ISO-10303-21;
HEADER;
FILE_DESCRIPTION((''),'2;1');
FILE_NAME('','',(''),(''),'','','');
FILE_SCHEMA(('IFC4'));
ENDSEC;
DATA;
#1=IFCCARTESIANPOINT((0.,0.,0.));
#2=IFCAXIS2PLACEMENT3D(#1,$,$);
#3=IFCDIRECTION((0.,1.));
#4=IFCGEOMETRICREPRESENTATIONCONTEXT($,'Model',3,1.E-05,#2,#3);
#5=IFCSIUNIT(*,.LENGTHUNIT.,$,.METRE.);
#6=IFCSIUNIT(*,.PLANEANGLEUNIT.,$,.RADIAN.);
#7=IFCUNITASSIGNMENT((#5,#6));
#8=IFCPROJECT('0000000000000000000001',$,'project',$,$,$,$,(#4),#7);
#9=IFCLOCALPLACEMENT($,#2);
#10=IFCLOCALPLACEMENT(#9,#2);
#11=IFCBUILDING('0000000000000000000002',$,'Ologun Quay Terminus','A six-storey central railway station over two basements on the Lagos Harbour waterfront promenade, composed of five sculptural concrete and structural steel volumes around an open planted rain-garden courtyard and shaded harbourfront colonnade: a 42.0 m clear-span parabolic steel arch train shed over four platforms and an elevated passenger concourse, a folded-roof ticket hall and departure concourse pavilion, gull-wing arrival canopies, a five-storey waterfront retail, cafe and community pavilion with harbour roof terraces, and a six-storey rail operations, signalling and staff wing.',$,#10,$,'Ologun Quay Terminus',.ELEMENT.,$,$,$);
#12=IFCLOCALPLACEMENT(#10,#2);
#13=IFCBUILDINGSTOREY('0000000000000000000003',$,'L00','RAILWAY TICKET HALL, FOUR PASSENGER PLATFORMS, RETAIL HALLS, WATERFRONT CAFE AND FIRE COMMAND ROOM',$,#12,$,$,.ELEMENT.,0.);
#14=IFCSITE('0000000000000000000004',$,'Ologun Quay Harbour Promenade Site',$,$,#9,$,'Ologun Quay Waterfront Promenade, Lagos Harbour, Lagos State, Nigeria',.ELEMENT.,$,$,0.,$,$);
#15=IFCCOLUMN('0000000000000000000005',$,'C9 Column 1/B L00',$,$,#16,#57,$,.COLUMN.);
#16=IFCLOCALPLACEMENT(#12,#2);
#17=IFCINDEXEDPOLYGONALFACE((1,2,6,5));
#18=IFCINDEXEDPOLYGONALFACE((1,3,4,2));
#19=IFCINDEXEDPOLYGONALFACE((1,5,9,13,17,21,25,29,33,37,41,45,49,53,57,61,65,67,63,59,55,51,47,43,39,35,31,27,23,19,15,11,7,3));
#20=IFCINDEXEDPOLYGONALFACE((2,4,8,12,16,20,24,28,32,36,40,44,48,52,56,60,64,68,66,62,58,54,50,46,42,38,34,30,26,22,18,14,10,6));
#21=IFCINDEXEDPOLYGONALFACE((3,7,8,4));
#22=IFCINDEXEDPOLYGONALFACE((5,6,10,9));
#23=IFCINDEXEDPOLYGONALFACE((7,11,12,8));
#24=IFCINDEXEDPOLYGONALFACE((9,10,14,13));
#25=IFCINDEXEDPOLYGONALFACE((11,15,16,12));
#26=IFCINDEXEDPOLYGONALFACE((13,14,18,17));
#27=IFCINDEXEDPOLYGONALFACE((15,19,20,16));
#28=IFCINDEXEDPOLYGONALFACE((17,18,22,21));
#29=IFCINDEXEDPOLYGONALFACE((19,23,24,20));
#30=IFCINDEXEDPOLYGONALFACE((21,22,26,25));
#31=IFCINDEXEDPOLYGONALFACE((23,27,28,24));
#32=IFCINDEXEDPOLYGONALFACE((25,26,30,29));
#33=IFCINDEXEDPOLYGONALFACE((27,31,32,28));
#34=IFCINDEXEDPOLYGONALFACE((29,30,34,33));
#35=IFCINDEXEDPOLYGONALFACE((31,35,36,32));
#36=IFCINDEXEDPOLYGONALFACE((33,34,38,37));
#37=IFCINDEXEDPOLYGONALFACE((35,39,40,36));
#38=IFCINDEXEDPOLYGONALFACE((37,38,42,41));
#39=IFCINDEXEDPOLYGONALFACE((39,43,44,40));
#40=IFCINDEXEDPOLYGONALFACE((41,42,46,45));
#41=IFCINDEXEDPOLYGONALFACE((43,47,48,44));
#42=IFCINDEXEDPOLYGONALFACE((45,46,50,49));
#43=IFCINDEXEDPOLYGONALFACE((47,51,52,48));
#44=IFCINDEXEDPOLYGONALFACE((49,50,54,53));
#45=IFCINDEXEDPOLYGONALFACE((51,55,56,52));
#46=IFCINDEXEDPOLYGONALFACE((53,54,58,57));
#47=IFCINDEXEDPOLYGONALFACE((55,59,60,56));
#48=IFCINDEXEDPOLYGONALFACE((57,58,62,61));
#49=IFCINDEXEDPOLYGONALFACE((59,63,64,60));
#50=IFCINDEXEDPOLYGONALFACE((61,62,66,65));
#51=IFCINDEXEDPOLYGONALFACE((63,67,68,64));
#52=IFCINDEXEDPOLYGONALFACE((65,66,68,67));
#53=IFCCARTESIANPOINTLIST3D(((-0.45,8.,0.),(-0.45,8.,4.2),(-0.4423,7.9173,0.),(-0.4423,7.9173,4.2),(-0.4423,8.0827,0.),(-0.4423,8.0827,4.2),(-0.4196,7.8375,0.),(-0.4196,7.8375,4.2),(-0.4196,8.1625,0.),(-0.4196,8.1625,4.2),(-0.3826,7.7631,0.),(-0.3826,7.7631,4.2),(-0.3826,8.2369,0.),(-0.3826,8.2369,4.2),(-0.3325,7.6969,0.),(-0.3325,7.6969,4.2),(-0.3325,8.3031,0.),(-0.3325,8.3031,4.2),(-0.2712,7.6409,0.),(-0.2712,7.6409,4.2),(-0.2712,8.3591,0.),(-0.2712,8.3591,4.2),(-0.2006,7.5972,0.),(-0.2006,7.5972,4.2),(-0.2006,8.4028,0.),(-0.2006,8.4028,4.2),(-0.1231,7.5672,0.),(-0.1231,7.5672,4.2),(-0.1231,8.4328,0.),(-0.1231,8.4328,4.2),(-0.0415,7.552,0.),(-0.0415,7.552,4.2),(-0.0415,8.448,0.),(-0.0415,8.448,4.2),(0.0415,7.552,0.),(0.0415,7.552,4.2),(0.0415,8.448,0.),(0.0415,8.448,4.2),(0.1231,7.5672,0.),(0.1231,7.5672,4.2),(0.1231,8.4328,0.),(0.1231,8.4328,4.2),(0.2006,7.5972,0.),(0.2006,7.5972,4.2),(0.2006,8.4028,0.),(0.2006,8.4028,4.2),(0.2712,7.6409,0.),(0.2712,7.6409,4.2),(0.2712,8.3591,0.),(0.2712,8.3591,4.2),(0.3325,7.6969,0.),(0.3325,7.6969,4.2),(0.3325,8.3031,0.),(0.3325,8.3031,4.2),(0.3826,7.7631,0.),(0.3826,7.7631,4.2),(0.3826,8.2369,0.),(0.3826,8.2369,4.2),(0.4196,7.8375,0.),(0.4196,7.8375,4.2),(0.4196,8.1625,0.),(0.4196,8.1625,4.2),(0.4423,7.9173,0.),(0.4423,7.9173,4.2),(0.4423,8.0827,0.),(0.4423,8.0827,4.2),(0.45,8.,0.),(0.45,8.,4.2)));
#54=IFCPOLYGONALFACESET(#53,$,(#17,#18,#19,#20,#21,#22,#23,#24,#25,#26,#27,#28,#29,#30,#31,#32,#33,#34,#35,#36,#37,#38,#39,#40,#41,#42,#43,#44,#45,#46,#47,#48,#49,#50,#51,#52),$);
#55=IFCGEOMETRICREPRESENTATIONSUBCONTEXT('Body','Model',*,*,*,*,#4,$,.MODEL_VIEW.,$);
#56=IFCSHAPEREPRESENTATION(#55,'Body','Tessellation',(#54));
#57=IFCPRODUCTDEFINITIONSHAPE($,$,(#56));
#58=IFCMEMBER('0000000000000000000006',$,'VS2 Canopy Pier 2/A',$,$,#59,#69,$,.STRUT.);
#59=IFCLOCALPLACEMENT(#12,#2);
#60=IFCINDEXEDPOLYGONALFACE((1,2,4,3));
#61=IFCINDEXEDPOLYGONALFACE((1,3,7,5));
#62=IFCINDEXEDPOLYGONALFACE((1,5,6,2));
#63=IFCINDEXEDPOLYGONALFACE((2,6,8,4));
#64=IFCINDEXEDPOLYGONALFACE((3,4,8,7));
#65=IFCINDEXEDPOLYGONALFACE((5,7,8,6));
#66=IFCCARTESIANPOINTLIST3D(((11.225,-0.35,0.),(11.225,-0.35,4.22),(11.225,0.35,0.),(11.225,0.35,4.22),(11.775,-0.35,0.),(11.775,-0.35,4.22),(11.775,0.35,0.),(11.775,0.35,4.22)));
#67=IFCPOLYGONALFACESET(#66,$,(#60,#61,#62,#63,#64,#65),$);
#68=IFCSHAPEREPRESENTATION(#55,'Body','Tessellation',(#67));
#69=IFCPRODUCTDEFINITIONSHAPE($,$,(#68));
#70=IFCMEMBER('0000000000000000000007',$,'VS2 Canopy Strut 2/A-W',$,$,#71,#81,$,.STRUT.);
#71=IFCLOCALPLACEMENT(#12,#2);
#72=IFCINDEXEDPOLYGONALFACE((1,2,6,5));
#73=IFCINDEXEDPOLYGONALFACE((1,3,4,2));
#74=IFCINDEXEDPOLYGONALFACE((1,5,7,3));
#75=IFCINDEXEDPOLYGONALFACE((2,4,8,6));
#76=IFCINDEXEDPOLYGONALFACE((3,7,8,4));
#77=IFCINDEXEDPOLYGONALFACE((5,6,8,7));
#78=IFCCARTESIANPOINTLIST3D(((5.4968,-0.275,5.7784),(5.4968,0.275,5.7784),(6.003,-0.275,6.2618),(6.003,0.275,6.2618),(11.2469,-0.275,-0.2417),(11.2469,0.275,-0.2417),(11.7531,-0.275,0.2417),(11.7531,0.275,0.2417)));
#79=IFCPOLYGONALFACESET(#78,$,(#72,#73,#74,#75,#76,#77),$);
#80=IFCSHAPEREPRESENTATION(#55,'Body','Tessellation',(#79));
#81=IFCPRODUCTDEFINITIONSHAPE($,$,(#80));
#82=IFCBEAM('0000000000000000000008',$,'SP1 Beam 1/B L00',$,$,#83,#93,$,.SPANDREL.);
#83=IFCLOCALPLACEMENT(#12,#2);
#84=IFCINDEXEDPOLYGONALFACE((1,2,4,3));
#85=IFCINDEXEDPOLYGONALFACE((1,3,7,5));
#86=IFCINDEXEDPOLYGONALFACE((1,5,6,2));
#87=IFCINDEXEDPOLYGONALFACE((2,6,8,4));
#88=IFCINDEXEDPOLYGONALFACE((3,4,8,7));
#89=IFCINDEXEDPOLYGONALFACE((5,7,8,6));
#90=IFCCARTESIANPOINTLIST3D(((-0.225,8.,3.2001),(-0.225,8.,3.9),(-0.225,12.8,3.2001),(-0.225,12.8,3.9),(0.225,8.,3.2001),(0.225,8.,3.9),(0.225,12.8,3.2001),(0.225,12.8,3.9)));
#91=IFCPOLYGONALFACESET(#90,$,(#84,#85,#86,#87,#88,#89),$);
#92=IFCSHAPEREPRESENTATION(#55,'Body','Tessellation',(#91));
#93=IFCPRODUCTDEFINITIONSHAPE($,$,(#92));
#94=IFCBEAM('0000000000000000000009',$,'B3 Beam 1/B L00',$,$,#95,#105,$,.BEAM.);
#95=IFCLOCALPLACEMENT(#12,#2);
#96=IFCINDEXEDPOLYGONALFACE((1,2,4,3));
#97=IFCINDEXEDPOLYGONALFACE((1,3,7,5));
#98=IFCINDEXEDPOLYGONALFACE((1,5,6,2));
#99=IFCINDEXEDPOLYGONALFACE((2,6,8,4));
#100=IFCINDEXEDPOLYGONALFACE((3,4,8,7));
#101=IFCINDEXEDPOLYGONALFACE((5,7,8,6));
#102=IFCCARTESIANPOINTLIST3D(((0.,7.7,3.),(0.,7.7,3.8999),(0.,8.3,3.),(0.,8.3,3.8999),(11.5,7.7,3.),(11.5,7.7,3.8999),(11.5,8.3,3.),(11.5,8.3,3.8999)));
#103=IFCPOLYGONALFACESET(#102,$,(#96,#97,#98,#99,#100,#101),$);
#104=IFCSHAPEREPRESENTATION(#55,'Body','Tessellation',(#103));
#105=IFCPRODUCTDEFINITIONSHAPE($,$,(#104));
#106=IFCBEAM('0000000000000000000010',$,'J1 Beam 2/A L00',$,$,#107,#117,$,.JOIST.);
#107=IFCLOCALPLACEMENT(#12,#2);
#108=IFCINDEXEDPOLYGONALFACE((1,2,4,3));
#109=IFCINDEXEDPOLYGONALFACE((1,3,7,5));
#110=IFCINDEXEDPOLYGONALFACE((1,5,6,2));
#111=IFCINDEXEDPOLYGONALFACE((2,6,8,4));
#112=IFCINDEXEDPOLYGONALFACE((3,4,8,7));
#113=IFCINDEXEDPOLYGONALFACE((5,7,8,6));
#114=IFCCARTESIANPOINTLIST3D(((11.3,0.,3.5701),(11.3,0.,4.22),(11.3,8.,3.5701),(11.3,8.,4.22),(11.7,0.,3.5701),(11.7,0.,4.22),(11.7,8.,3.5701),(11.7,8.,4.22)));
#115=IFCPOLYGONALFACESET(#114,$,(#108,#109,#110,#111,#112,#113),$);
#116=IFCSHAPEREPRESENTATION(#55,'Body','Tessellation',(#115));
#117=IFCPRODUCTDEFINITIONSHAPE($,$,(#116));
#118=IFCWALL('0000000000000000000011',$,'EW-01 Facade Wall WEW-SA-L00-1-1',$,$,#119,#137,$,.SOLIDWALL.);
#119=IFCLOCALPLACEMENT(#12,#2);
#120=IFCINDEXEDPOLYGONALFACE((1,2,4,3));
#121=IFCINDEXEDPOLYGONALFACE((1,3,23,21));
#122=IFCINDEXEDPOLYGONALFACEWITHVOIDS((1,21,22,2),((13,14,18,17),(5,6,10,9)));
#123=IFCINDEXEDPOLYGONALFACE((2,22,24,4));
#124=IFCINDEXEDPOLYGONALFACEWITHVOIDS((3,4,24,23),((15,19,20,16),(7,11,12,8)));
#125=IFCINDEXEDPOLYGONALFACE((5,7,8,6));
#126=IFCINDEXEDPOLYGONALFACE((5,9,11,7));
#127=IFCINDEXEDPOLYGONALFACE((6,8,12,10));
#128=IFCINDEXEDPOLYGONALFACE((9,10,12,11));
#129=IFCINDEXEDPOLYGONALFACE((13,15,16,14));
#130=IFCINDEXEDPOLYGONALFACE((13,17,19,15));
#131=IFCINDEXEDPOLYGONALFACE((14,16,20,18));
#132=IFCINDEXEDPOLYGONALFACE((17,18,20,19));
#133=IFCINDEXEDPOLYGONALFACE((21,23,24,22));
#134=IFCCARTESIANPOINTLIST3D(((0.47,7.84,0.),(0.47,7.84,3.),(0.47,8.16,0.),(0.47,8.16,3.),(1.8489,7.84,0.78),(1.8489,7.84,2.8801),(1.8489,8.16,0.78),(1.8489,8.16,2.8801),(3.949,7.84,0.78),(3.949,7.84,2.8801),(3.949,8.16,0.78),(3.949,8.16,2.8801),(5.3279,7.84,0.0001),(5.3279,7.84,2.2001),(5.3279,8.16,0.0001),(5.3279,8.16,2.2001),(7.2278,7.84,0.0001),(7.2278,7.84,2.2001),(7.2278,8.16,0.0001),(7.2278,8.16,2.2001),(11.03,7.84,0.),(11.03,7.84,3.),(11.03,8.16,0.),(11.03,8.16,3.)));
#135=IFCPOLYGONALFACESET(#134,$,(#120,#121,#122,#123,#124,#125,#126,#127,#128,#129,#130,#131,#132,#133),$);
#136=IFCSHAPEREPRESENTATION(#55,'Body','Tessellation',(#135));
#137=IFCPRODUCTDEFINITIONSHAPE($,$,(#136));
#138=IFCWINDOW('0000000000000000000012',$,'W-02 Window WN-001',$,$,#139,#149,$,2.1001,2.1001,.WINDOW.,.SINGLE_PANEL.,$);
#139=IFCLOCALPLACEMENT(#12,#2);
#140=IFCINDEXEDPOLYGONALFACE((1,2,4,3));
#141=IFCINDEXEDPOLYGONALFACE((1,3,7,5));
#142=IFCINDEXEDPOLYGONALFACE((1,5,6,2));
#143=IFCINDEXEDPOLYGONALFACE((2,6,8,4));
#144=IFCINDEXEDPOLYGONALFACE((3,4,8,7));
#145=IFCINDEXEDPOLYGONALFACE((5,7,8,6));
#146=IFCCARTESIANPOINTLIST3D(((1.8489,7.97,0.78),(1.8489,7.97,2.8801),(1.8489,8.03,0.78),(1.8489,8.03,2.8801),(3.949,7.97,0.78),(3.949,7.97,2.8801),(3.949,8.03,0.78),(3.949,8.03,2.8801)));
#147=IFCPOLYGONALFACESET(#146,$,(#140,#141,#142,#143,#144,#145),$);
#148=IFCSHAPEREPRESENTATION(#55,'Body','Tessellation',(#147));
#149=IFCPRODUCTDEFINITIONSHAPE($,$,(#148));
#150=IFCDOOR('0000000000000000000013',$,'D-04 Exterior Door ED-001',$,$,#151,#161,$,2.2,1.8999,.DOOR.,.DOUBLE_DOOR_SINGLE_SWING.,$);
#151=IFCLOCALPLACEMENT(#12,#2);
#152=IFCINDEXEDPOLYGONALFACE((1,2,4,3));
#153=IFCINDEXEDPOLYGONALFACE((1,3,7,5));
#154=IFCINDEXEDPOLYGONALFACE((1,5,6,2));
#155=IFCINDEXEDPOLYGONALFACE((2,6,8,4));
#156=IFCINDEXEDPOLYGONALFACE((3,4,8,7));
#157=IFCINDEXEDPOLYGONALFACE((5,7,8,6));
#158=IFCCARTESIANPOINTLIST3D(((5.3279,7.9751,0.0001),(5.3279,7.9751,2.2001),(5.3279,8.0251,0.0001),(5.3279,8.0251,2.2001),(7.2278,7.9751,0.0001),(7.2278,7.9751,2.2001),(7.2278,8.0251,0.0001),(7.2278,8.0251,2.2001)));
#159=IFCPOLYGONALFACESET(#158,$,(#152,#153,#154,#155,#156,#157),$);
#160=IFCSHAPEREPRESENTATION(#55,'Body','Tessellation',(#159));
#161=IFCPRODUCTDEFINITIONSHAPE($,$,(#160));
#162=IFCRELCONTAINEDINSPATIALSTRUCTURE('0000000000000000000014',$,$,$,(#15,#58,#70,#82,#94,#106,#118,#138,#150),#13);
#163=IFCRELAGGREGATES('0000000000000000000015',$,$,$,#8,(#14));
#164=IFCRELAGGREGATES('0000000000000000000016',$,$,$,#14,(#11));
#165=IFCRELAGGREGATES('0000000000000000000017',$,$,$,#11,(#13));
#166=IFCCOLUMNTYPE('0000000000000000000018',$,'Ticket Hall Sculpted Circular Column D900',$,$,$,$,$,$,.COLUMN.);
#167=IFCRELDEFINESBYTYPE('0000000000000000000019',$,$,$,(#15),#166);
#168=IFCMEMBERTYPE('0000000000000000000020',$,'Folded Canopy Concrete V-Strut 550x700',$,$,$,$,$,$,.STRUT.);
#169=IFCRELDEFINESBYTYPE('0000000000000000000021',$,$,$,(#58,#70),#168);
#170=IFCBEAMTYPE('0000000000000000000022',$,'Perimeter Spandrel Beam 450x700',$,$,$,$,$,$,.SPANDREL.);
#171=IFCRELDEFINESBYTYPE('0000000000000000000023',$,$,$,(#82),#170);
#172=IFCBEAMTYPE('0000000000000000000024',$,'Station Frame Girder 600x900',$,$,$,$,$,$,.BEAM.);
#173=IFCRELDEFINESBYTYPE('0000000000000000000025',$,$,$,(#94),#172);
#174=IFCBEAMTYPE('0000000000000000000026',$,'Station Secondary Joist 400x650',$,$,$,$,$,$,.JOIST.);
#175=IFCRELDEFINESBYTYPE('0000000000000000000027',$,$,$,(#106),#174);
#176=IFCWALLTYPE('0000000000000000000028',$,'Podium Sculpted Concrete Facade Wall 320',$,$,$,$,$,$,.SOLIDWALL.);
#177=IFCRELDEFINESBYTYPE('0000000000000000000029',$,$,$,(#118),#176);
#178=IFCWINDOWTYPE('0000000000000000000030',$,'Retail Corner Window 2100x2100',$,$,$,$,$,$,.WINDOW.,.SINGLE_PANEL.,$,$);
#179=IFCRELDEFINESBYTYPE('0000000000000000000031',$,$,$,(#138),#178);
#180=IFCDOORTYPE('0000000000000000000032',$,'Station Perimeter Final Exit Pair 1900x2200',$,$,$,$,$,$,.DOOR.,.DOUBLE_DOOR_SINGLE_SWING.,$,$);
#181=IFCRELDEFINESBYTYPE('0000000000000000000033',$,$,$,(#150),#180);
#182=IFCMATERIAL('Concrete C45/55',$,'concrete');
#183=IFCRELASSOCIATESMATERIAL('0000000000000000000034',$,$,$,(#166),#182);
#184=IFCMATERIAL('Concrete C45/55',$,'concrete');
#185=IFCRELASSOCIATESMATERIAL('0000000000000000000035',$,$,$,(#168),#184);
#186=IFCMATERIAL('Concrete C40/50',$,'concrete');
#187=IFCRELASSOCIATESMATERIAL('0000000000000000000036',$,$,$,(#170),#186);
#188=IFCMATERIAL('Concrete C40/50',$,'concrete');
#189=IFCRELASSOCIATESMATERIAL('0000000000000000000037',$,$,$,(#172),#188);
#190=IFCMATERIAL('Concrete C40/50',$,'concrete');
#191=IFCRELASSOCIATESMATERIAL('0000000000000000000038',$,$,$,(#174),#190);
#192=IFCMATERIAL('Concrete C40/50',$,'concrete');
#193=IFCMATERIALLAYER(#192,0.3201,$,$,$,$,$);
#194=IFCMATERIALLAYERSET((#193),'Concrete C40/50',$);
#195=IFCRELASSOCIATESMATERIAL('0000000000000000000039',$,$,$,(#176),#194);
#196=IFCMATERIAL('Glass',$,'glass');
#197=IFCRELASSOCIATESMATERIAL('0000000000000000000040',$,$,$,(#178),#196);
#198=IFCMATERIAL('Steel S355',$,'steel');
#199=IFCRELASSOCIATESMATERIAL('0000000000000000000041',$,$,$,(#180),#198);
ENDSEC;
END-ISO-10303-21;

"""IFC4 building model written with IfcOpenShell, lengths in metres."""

from ifc_helpers import new_model, si_unit, direction, frame, frame_2d, origin, origin_2d, place, context, subcontext, project, spatial, rectangle, circle, extrude, material, layer, layer_set, material_profile, profile_set, type_object, element, fill, save


model = new_model("IFC4")

# Units and contexts
model_context = context("Model", 3, precision=1e-05, world=origin(), true_north=direction((0.0, 1.0)))
body_context = subcontext(model_context, "Body", "Model", "MODEL_VIEW")
ifc_project = project(units=[si_unit("LENGTHUNIT", "METRE"), si_unit("PLANEANGLEUNIT", "RADIAN")], contexts=[model_context])

# Site, building, storey
site_placement = place(None, origin())
site = spatial("IfcSite", under=ifc_project, at=site_placement, Name="Ologun Quay Harbour Promenade Site", LongName="Ologun Quay Waterfront Promenade, Lagos Harbour, Lagos State, Nigeria", CompositionType="ELEMENT", RefElevation=0.0)
building_placement = place(site_placement, origin())
building = spatial("IfcBuilding", under=site, at=building_placement, Name="Ologun Quay Terminus", Description="A six-storey central railway station over two basements on the Lagos Harbour waterfront promenade, composed of five sculptural concrete and structural steel volumes around an open planted rain-garden courtyard and shaded harbourfront colonnade: a 42.0 m clear-span parabolic steel arch train shed over four platforms and an elevated passenger concourse, a folded-roof ticket hall and departure concourse pavilion, gull-wing arrival canopies, a five-storey waterfront retail, cafe and community pavilion with harbour roof terraces, and a six-storey rail operations, signalling and staff wing.", LongName="Ologun Quay Terminus", CompositionType="ELEMENT")
storey_placement = place(building_placement, origin())
storey = spatial("IfcBuildingStorey", under=building, at=storey_placement, Name="L00", Description="RAILWAY TICKET HALL, FOUR PASSENGER PLATFORMS, RETAIL HALLS, WATERFRONT CAFE AND FIRE COMMAND ROOM", CompositionType="ELEMENT", Elevation=0.0)

# Column
ifc_material_1 = material(Name="Concrete C45/55", Category="concrete")
ifc_material_profile_1 = material_profile(ifc_material_1, circle(Radius=0.45, at=origin_2d()), Name="RC D900")
ifc_profile_set_1 = profile_set([ifc_material_profile_1], Name="Concrete C45/55")
column_type = type_object("IfcColumnType", Name="Ticket Hall Sculpted Circular Column D900", PredefinedType="COLUMN", material=ifc_profile_set_1)
column_placement = place(storey_placement, frame((0.0, 8.0, 0.0), z_axis=(0.0, 0.0, 1.0), x_axis=(1.0, 0.0, 0.0)))
element("IfcColumn", 1, at=column_placement, inside=storey, type_object=column_type, Name="C9 Column 1/B L00", PredefinedType="COLUMN", context=body_context, shape_type="SweptSolid", body=[
    extrude(circle(Radius=0.45, at=origin_2d()), origin(), (0.0, 0.0, 1.0), 4.2),
])

# Members
ifc_material_2 = material(Name="Concrete C45/55", Category="concrete")
ifc_material_profile_2 = material_profile(ifc_material_2, rectangle(XDim=0.55, YDim=0.7, at=origin_2d()), Name="RC 550x700")
ifc_profile_set_2 = profile_set([ifc_material_profile_2], Name="Concrete C45/55")
member_type = type_object("IfcMemberType", Name="Folded Canopy Concrete V-Strut 550x700", PredefinedType="STRUT", material=ifc_profile_set_2)
member_1_placement = place(storey_placement, frame((11.5, 0.0, 0.0), z_axis=(0.0, 0.0, 1.0), x_axis=(1.0, 0.0, 0.0)))
element("IfcMember", 2, at=member_1_placement, inside=storey, type_object=member_type, Name="VS2 Canopy Pier 2/A", PredefinedType="STRUT", context=body_context, shape_type="SweptSolid", body=[
    extrude(rectangle(XDim=0.55, YDim=0.7, at=origin_2d()), origin(), (0.0, 0.0, 1.0), 4.22),
])
member_2_placement = place(storey_placement, frame((11.5, 0.0, 0.0), z_axis=(-0.690703, 0.0, 0.723138), x_axis=(0.0, -1.0, 0.0)))
element("IfcMember", 3, at=member_2_placement, inside=storey, type_object=member_type, Name="VS2 Canopy Strut 2/A-W", PredefinedType="STRUT", context=body_context, shape_type="SweptSolid", body=[
    extrude(rectangle(XDim=0.55, YDim=0.7, at=origin_2d()), origin(), (0.0, 0.0, 1.0), 8.325),
])

# Beams
ifc_material_3 = material(Name="Concrete C40/50", Category="concrete")
ifc_material_profile_3 = material_profile(ifc_material_3, rectangle(XDim=0.45, YDim=0.7, at=origin_2d()), Name="RC 450x700")
ifc_profile_set_3 = profile_set([ifc_material_profile_3], Name="Concrete C40/50")
beam_type_1 = type_object("IfcBeamType", Name="Perimeter Spandrel Beam 450x700", PredefinedType="SPANDREL", material=ifc_profile_set_3)
beam_1_placement = place(storey_placement, frame((0.0, 8.0, 3.55), z_axis=(0.0, 1.0, 0.0), x_axis=(-1.0, 0.0, 0.0)))
element("IfcBeam", 4, at=beam_1_placement, inside=storey, type_object=beam_type_1, Name="SP1 Beam 1/B L00", PredefinedType="SPANDREL", context=body_context, shape_type="SweptSolid", body=[
    extrude(rectangle(XDim=0.45, YDim=0.7, at=origin_2d()), origin(), (0.0, 0.0, 1.0), 4.8),
])
ifc_material_4 = material(Name="Concrete C40/50", Category="concrete")
ifc_material_profile_4 = material_profile(ifc_material_4, rectangle(XDim=0.6001, YDim=0.8999, at=origin_2d()), Name="RC 600x900")
ifc_profile_set_4 = profile_set([ifc_material_profile_4], Name="Concrete C40/50")
beam_type_2 = type_object("IfcBeamType", Name="Station Frame Girder 600x900", PredefinedType="BEAM", material=ifc_profile_set_4)
beam_2_placement = place(storey_placement, frame((0.0, 8.0, 3.45), z_axis=(1.0, 0.0, 0.0), x_axis=(0.0, 1.0, 0.0)))
element("IfcBeam", 5, at=beam_2_placement, inside=storey, type_object=beam_type_2, Name="B3 Beam 1/B L00", PredefinedType="BEAM", context=body_context, shape_type="SweptSolid", body=[
    extrude(rectangle(XDim=0.6001, YDim=0.8999, at=origin_2d()), origin(), (0.0, 0.0, 1.0), 11.5),
])
ifc_material_5 = material(Name="Concrete C40/50", Category="concrete")
ifc_material_profile_5 = material_profile(ifc_material_5, rectangle(XDim=0.3999, YDim=0.6499, at=origin_2d()), Name="RC 400x650")
ifc_profile_set_5 = profile_set([ifc_material_profile_5], Name="Concrete C40/50")
beam_type_3 = type_object("IfcBeamType", Name="Station Secondary Joist 400x650", PredefinedType="JOIST", material=ifc_profile_set_5)
beam_3_placement = place(storey_placement, frame((11.5, 0.0, 3.895), z_axis=(0.0, 1.0, 0.0), x_axis=(-1.0, 0.0, 0.0)))
element("IfcBeam", 6, at=beam_3_placement, inside=storey, type_object=beam_type_3, Name="J1 Beam 2/A L00", PredefinedType="JOIST", context=body_context, shape_type="SweptSolid", body=[
    extrude(rectangle(XDim=0.3999, YDim=0.6499, at=origin_2d()), origin(), (0.0, 0.0, 1.0), 8.0),
])

# Wall, openings, window, door
ifc_material_6 = material(Name="Concrete C40/50", Category="concrete")
ifc_layer_1 = layer(ifc_material_6, 0.3201)
ifc_layer_set_1 = layer_set([ifc_layer_1], Name="Concrete C40/50")
wall_type = type_object("IfcWallType", Name="Podium Sculpted Concrete Facade Wall 320", PredefinedType="SOLIDWALL", material=ifc_layer_set_1)
wall_placement = place(storey_placement, frame((0.47, 8.0, 0.0), z_axis=(0.0, 0.0, 1.0), x_axis=(1.0, 0.0, 0.0)))
wall = element("IfcWall", 7, at=wall_placement, inside=storey, type_object=wall_type, Name="EW-01 Facade Wall WEW-SA-L00-1-1", PredefinedType="SOLIDWALL", context=body_context, shape_type="SweptSolid", body=[
    extrude(rectangle(XDim=10.5601, YDim=0.3201, at=frame_2d((5.28, 0.0))), origin(), (0.0, 0.0, 1.0), 3.0),
])
opening_1_placement = place(wall_placement, frame((4.8579, 0.0, 0.0)))
opening_1 = element("IfcOpeningElement", 8, at=opening_1_placement, cuts=wall, PredefinedType="OPENING", context=body_context, shape_type="SweptSolid", body=[
    extrude(rectangle(XDim=1.8999, YDim=2.2, at=frame_2d((0.95, 1.1001))), frame((0.0, 0.1699, 0.0), z_axis=(0.0, -1.0, 0.0), x_axis=(1.0, 0.0, 0.0)), (0.0, 0.0, 1.0), 0.3401),
])
opening_2_placement = place(wall_placement, frame((1.3789, 0.0, 0.78)))
opening_2 = element("IfcOpeningElement", 9, at=opening_2_placement, cuts=wall, PredefinedType="OPENING", context=body_context, shape_type="SweptSolid", body=[
    extrude(rectangle(XDim=2.1001, YDim=2.1001, at=frame_2d((1.05, 1.05))), frame((0.0, 0.1699, 0.0), z_axis=(0.0, -1.0, 0.0), x_axis=(1.0, 0.0, 0.0)), (0.0, 0.0, 1.0), 0.3401),
])
ifc_material_7 = material(Name="Glass", Category="glass")
window_type = type_object("IfcWindowType", Name="Retail Corner Window 2100x2100", PartitioningType="SINGLE_PANEL", PredefinedType="WINDOW", material=ifc_material_7)
window_placement = place(opening_2_placement, origin())
window = element("IfcWindow", 10, at=window_placement, inside=storey, type_object=window_type, Name="W-02 Window WN-001", OverallHeight=2.1001, OverallWidth=2.1001, PartitioningType="SINGLE_PANEL", PredefinedType="WINDOW", context=body_context, shape_type="SweptSolid", body=[
    extrude(rectangle(XDim=2.1001, YDim=2.1001, at=frame_2d((1.05, 1.05))), frame((0.0, 0.03, 0.0), z_axis=(0.0, -1.0, 0.0), x_axis=(1.0, 0.0, 0.0)), (0.0, 0.0, 1.0), 0.0601),
])
fill(opening_2, window)
ifc_material_8 = material(Name="Steel S355", Category="steel")
door_type = type_object("IfcDoorType", Name="Station Perimeter Final Exit Pair 1900x2200", OperationType="DOUBLE_DOOR_SINGLE_SWING", PredefinedType="DOOR", material=ifc_material_8)
door_placement = place(opening_1_placement, frame((0.95, 0.0, 0.0), z_axis=(0.0, 0.0, 1.0), x_axis=(-1.0, 0.0, 0.0)))
door = element("IfcDoor", 11, at=door_placement, inside=storey, type_object=door_type, Name="D-04 Exterior Door ED-001", OperationType="DOUBLE_DOOR_SINGLE_SWING", OverallHeight=2.2, OverallWidth=1.8999, PredefinedType="DOOR", context=body_context, shape_type="SweptSolid", body=[
    extrude(rectangle(XDim=1.8999, YDim=2.2, at=frame_2d((0.0, 1.1001))), frame((0.0, 0.0249, 0.0), z_axis=(0.0, -1.0, 0.0), x_axis=(1.0, 0.0, 0.0)), (0.0, 0.0, 1.0), 0.05),
])
fill(opening_1, door)

save(model, "model.ifc")
